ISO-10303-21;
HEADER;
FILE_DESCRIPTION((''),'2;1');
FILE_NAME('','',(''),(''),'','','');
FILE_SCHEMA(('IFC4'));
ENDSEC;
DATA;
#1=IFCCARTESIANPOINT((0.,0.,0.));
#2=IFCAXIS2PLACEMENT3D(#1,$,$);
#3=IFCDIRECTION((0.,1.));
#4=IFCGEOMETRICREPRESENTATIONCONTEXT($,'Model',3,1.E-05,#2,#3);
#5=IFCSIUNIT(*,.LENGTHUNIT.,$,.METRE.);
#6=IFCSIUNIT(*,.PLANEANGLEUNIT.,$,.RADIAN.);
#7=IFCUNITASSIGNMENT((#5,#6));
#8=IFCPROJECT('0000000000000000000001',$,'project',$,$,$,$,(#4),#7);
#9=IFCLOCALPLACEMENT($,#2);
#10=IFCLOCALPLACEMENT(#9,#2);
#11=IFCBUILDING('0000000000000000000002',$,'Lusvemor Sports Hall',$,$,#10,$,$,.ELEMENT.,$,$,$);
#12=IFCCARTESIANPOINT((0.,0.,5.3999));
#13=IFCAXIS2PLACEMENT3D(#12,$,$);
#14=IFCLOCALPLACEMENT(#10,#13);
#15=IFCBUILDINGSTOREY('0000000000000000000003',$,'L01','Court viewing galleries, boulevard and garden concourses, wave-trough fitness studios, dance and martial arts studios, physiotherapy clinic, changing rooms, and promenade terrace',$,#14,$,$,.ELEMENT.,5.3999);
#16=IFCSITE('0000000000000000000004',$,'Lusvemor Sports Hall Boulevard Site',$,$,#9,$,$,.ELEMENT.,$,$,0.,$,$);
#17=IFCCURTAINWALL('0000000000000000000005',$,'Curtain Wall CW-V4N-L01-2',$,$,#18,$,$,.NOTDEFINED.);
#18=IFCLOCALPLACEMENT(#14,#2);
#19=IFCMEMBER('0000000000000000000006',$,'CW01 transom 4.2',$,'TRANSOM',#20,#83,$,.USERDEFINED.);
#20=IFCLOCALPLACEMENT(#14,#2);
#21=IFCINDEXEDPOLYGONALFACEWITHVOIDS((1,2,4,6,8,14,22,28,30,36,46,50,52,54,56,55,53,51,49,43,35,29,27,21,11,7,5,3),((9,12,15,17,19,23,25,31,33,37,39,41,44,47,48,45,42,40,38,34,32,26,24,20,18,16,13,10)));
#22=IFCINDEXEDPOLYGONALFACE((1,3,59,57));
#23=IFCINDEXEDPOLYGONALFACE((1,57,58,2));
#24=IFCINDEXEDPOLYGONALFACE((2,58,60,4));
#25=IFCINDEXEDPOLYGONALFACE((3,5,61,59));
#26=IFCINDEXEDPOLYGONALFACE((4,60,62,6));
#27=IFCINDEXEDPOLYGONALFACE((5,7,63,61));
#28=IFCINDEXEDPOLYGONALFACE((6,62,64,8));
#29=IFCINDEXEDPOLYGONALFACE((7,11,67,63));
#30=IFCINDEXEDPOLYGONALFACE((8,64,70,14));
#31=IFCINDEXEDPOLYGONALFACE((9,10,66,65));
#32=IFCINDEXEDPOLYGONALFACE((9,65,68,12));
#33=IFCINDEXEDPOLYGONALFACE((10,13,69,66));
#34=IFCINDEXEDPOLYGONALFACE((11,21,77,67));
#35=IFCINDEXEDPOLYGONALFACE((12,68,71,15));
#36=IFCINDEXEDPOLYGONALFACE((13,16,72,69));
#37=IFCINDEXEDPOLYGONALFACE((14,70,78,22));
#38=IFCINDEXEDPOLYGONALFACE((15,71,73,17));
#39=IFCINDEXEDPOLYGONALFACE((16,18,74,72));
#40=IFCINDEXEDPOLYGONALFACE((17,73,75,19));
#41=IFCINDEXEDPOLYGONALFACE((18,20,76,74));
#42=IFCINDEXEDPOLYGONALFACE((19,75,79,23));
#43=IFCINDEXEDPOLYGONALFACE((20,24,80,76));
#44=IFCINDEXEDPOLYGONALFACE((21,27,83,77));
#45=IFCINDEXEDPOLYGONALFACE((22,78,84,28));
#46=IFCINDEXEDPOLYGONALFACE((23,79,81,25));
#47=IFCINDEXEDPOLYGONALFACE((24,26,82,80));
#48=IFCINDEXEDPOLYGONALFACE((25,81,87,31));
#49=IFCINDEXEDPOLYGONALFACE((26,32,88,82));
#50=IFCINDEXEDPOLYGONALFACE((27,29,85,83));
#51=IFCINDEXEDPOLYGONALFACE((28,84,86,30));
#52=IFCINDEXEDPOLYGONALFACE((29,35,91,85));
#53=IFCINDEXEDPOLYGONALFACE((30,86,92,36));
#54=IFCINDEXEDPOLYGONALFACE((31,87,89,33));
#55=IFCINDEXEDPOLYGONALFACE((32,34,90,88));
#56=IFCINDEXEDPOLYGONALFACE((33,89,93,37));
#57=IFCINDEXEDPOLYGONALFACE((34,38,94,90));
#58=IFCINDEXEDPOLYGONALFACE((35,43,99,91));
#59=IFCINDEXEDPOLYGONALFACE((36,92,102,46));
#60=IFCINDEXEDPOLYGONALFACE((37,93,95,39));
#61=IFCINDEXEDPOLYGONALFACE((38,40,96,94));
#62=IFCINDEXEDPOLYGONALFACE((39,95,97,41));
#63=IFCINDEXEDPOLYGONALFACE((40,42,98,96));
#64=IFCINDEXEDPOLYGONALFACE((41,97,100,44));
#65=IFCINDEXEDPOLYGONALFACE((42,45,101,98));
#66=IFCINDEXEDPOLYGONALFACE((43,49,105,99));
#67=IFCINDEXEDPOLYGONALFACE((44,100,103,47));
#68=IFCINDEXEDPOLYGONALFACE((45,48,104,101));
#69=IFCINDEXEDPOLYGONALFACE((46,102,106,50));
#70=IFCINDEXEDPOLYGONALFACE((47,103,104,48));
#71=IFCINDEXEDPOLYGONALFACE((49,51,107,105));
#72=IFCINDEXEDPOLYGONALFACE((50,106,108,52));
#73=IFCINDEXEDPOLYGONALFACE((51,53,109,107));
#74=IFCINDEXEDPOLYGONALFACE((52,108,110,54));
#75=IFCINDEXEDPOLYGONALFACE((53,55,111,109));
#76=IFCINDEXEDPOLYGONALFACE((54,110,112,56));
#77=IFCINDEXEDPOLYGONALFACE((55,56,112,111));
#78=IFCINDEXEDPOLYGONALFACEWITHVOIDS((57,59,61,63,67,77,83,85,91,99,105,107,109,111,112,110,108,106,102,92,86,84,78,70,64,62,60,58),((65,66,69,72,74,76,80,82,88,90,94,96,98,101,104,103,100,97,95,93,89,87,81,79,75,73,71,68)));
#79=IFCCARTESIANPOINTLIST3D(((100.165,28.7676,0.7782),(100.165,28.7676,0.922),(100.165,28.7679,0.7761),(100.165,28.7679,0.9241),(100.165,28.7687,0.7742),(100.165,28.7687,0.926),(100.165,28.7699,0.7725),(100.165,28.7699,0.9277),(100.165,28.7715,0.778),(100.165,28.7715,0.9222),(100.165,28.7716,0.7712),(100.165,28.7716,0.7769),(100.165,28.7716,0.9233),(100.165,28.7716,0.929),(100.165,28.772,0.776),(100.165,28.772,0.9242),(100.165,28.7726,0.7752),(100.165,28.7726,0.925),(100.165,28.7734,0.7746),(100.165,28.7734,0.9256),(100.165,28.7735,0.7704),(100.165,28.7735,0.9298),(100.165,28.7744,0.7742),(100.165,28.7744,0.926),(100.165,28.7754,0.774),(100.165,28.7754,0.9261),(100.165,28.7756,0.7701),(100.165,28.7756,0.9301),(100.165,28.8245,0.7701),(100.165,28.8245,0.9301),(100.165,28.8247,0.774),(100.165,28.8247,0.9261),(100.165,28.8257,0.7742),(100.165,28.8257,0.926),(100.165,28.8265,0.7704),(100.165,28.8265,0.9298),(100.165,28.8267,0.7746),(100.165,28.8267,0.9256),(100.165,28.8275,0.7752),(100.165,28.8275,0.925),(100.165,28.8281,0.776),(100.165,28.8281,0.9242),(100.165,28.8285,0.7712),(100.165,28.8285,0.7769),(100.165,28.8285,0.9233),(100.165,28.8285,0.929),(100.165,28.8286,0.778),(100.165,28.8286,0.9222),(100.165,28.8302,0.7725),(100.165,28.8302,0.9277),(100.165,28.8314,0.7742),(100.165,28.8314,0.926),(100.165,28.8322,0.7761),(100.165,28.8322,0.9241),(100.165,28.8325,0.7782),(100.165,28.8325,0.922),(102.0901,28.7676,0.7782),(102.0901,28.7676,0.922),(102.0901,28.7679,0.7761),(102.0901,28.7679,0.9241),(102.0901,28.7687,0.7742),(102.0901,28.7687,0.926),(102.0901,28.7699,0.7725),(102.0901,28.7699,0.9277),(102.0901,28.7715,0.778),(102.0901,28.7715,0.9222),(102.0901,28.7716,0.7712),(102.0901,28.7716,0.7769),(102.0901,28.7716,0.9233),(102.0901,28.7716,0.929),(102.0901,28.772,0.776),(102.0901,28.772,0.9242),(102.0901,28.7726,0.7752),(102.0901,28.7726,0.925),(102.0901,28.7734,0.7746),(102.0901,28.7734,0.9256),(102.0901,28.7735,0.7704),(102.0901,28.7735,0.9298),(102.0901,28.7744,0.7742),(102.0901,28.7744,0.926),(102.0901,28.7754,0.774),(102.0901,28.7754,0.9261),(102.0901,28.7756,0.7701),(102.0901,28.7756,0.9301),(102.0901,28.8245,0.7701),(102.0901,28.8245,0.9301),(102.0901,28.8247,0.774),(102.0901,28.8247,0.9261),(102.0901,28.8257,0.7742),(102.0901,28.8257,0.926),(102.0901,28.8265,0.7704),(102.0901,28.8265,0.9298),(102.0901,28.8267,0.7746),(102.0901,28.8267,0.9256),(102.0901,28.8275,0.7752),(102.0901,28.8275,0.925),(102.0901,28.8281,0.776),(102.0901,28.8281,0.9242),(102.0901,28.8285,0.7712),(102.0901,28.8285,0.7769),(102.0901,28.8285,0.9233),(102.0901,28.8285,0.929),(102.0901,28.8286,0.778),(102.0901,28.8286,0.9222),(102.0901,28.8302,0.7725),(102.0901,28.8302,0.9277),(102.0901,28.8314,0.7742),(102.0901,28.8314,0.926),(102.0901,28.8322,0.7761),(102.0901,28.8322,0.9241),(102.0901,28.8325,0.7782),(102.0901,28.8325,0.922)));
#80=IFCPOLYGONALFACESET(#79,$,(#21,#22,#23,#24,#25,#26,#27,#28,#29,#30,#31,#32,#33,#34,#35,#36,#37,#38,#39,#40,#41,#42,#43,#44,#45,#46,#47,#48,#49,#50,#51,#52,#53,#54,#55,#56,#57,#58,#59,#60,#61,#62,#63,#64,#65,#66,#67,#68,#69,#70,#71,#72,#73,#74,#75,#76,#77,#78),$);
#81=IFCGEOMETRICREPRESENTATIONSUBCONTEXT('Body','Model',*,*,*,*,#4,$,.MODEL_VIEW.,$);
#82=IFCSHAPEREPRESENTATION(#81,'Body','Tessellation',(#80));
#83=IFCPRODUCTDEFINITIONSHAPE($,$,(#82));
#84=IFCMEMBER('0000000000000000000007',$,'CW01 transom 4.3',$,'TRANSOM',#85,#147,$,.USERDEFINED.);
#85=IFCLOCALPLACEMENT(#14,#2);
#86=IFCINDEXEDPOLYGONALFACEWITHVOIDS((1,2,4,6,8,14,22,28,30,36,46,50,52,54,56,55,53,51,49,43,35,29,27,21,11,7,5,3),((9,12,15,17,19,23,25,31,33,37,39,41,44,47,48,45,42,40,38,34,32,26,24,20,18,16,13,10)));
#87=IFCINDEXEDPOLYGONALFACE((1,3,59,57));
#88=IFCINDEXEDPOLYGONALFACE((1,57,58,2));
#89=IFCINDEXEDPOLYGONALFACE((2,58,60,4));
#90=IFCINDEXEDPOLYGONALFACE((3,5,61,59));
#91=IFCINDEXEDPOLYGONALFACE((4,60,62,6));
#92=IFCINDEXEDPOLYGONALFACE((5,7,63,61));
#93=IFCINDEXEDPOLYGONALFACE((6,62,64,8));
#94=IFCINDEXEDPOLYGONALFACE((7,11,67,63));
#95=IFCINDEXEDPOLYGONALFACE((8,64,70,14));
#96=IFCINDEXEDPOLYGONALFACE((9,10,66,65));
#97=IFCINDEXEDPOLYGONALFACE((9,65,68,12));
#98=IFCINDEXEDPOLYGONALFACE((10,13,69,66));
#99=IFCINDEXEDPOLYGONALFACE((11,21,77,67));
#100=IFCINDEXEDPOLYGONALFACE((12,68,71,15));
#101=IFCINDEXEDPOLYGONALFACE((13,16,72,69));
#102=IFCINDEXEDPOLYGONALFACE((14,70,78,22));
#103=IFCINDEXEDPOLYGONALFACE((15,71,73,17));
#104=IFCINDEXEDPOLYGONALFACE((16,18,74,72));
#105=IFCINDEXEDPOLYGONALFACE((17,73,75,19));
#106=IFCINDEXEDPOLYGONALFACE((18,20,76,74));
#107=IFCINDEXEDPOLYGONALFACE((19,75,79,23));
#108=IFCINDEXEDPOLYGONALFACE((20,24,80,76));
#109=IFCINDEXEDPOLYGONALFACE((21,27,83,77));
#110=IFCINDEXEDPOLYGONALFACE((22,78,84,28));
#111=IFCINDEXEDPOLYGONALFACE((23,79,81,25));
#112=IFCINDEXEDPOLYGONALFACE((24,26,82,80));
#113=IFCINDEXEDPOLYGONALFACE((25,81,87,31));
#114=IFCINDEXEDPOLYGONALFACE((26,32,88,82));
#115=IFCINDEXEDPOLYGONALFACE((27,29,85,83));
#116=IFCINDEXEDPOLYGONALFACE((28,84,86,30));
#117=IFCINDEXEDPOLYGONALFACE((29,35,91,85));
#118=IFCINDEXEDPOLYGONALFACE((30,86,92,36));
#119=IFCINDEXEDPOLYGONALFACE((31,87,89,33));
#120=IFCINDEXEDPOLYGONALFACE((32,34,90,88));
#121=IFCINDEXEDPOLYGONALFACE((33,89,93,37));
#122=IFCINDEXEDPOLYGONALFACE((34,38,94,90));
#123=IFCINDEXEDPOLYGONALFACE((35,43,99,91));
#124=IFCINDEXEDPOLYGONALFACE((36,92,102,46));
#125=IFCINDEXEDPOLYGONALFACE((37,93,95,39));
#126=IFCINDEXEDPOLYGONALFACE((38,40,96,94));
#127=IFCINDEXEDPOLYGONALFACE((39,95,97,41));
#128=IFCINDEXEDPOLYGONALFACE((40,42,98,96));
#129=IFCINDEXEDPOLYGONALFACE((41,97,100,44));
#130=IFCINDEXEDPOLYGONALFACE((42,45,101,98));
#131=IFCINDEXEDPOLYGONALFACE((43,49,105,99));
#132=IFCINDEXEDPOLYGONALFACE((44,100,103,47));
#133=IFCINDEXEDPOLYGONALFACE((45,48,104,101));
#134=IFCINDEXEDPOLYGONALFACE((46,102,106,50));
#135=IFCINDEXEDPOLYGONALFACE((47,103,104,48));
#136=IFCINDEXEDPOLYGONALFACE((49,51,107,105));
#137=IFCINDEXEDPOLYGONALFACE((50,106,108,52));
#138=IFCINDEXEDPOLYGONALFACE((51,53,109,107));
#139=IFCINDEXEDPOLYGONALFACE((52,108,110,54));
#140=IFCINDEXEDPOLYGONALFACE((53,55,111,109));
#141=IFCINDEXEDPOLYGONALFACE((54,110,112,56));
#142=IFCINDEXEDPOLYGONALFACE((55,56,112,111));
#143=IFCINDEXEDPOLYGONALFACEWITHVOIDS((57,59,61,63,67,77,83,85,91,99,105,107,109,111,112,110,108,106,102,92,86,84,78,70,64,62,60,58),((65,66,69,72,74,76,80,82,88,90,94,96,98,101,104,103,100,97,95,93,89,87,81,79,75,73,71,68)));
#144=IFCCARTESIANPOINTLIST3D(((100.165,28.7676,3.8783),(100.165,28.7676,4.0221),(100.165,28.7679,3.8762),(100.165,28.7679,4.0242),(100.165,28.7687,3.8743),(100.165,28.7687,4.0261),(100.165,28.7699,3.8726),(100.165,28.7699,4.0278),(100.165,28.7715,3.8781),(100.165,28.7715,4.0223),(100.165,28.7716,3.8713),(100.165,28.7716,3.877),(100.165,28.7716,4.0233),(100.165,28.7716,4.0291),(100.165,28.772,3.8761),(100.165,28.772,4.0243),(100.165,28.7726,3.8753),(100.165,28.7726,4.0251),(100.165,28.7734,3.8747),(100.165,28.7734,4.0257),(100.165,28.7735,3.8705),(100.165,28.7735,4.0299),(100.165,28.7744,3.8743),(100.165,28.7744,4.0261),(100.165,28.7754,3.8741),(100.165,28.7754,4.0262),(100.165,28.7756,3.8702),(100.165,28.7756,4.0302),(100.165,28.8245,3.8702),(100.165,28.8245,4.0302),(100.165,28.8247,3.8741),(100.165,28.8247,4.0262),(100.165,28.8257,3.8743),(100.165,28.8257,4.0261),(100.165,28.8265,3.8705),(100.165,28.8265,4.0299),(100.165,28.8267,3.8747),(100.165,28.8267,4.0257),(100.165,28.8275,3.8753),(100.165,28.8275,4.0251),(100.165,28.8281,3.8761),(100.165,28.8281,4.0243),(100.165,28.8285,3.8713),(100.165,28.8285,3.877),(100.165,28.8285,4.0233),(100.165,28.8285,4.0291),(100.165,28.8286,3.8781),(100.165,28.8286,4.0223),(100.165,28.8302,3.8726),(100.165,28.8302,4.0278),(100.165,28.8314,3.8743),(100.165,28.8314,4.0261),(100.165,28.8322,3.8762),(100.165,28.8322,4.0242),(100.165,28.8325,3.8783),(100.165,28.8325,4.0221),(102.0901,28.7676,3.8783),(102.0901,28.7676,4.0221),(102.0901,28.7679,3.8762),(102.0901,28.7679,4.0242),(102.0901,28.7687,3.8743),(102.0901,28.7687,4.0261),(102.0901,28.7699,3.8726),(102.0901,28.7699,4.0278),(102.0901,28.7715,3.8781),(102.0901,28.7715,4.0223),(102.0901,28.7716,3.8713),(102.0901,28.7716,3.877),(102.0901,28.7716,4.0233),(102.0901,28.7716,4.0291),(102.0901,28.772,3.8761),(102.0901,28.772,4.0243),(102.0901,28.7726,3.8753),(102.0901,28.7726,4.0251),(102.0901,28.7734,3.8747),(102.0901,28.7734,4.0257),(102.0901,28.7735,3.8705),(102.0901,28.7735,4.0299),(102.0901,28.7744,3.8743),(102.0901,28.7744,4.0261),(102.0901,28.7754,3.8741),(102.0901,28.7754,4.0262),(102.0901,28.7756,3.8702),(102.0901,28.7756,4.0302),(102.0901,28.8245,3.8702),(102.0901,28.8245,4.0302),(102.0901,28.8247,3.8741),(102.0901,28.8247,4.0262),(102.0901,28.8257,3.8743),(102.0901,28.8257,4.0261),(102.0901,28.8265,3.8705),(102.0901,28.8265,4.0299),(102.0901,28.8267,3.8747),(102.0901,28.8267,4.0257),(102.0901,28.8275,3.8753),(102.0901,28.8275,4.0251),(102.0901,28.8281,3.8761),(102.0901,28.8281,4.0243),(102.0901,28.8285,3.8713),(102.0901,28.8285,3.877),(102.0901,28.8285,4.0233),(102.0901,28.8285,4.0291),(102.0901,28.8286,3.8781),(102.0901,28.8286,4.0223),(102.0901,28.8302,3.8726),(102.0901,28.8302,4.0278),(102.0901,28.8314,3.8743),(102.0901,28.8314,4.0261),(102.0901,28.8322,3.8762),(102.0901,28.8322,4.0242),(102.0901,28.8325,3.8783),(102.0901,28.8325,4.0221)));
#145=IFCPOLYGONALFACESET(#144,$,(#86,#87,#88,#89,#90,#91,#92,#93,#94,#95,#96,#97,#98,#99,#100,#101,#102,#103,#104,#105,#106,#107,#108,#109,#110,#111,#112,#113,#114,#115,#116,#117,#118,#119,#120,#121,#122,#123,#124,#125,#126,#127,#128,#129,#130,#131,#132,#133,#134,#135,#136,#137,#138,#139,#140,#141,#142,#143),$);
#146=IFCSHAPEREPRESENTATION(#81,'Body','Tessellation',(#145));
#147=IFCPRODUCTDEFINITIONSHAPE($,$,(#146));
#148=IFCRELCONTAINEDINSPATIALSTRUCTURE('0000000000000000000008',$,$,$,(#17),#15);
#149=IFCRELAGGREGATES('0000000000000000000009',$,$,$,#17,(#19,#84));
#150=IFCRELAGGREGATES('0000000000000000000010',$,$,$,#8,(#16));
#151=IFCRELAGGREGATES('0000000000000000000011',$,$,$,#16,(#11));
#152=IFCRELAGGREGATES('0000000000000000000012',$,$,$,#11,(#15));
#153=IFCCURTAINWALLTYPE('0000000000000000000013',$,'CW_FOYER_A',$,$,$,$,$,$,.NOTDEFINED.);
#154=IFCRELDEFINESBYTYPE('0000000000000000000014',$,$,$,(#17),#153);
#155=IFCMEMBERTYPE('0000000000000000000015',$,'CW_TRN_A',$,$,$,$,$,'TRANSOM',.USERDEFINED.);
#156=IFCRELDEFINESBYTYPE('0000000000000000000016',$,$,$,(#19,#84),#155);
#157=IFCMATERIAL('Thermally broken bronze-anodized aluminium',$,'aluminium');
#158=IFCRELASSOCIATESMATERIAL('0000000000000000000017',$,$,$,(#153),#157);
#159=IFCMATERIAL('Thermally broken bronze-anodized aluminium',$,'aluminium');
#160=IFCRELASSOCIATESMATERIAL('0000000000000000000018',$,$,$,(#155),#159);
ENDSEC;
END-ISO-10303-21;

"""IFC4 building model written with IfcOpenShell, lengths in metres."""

from ifc_helpers import new_model, si_unit, direction, frame, origin, origin_2d, place, context, subcontext, project, spatial, hollow_rectangle, extrude, material, material_profile, profile_set, type_object, element, aggregate, save


model = new_model("IFC4")

# Units and contexts
model_context = context("Model", 3, precision=1e-05, world=origin(), true_north=direction((0.0, 1.0)))
body_context = subcontext(model_context, "Body", "Model", "MODEL_VIEW")
ifc_project = project(units=[si_unit("LENGTHUNIT", "METRE"), si_unit("PLANEANGLEUNIT", "RADIAN")], contexts=[model_context])

# Site, building, storey
site_placement = place(None, origin())
site = spatial("IfcSite", under=ifc_project, at=site_placement, Name="Lusvemor Sports Hall Boulevard Site", CompositionType="ELEMENT", RefElevation=0.0)
building_placement = place(site_placement, origin())
building = spatial("IfcBuilding", under=site, at=building_placement, Name="Lusvemor Sports Hall", CompositionType="ELEMENT")
storey_placement = place(building_placement, frame((0.0, 0.0, 5.3999)))
storey = spatial("IfcBuildingStorey", under=building, at=storey_placement, Name="L01", Description="Court viewing galleries, boulevard and garden concourses, wave-trough fitness studios, dance and martial arts studios, physiotherapy clinic, changing rooms, and promenade terrace", CompositionType="ELEMENT", Elevation=5.3999)

# Curtain wall
ifc_material_1 = material(Name="Thermally broken bronze-anodized aluminium", Category="aluminium")
curtain_wall_type = type_object("IfcCurtainWallType", Name="CW_FOYER_A", PredefinedType="NOTDEFINED", material=ifc_material_1)
curtain_wall_1_placement = place(storey_placement, origin())
curtain_wall_1 = element("IfcCurtainWall", 1, at=curtain_wall_1_placement, inside=storey, type_object=curtain_wall_type, Name="Curtain Wall CW-V4N-L01-2", PredefinedType="NOTDEFINED")

# Members
ifc_material_2 = material(Name="Thermally broken bronze-anodized aluminium", Category="aluminium")
ifc_material_profile_1 = material_profile(ifc_material_2, hollow_rectangle(XDim=0.0649, YDim=0.1599, WallThickness=0.0039, InnerFilletRadius=0.0039, OuterFilletRadius=0.0081, at=origin_2d()), Name="CWTRN160x65x4")
ifc_profile_set_1 = profile_set([ifc_material_profile_1], Name="Thermally broken bronze-anodized aluminium")
member_type_1 = type_object("IfcMemberType", Name="CW_TRN_A", ElementType="TRANSOM", PredefinedType="USERDEFINED", material=ifc_profile_set_1)
member_1_placement = place(storey_placement, frame((100.165, 28.8, 0.8501), z_axis=(1.0, 0.0, 0.0), x_axis=(0.0, 1.0, 0.0)))
member_1 = element("IfcMember", 2, at=member_1_placement, type_object=member_type_1, Name="CW01 transom 4.2", ObjectType="TRANSOM", PredefinedType="USERDEFINED", context=body_context, shape_type="SweptSolid", body=[
    extrude(hollow_rectangle(XDim=0.0649, YDim=0.1599, WallThickness=0.0039, InnerFilletRadius=0.0039, OuterFilletRadius=0.0081, at=origin_2d()), origin(), (0.0, 0.0, 1.0), 1.925),
])
member_2_placement = place(storey_placement, frame((100.165, 28.8, 3.9502), z_axis=(1.0, 0.0, 0.0), x_axis=(0.0, 1.0, 0.0)))
member_2 = element("IfcMember", 3, at=member_2_placement, type_object=member_type_1, Name="CW01 transom 4.3", ObjectType="TRANSOM", PredefinedType="USERDEFINED", context=body_context, shape_type="SweptSolid", body=[
    extrude(hollow_rectangle(XDim=0.0649, YDim=0.1599, WallThickness=0.0039, InnerFilletRadius=0.0039, OuterFilletRadius=0.0081, at=origin_2d()), origin(), (0.0, 0.0, 1.0), 1.925),
])

aggregate(curtain_wall_1, [member_1, member_2])

save(model, "model.ifc")
